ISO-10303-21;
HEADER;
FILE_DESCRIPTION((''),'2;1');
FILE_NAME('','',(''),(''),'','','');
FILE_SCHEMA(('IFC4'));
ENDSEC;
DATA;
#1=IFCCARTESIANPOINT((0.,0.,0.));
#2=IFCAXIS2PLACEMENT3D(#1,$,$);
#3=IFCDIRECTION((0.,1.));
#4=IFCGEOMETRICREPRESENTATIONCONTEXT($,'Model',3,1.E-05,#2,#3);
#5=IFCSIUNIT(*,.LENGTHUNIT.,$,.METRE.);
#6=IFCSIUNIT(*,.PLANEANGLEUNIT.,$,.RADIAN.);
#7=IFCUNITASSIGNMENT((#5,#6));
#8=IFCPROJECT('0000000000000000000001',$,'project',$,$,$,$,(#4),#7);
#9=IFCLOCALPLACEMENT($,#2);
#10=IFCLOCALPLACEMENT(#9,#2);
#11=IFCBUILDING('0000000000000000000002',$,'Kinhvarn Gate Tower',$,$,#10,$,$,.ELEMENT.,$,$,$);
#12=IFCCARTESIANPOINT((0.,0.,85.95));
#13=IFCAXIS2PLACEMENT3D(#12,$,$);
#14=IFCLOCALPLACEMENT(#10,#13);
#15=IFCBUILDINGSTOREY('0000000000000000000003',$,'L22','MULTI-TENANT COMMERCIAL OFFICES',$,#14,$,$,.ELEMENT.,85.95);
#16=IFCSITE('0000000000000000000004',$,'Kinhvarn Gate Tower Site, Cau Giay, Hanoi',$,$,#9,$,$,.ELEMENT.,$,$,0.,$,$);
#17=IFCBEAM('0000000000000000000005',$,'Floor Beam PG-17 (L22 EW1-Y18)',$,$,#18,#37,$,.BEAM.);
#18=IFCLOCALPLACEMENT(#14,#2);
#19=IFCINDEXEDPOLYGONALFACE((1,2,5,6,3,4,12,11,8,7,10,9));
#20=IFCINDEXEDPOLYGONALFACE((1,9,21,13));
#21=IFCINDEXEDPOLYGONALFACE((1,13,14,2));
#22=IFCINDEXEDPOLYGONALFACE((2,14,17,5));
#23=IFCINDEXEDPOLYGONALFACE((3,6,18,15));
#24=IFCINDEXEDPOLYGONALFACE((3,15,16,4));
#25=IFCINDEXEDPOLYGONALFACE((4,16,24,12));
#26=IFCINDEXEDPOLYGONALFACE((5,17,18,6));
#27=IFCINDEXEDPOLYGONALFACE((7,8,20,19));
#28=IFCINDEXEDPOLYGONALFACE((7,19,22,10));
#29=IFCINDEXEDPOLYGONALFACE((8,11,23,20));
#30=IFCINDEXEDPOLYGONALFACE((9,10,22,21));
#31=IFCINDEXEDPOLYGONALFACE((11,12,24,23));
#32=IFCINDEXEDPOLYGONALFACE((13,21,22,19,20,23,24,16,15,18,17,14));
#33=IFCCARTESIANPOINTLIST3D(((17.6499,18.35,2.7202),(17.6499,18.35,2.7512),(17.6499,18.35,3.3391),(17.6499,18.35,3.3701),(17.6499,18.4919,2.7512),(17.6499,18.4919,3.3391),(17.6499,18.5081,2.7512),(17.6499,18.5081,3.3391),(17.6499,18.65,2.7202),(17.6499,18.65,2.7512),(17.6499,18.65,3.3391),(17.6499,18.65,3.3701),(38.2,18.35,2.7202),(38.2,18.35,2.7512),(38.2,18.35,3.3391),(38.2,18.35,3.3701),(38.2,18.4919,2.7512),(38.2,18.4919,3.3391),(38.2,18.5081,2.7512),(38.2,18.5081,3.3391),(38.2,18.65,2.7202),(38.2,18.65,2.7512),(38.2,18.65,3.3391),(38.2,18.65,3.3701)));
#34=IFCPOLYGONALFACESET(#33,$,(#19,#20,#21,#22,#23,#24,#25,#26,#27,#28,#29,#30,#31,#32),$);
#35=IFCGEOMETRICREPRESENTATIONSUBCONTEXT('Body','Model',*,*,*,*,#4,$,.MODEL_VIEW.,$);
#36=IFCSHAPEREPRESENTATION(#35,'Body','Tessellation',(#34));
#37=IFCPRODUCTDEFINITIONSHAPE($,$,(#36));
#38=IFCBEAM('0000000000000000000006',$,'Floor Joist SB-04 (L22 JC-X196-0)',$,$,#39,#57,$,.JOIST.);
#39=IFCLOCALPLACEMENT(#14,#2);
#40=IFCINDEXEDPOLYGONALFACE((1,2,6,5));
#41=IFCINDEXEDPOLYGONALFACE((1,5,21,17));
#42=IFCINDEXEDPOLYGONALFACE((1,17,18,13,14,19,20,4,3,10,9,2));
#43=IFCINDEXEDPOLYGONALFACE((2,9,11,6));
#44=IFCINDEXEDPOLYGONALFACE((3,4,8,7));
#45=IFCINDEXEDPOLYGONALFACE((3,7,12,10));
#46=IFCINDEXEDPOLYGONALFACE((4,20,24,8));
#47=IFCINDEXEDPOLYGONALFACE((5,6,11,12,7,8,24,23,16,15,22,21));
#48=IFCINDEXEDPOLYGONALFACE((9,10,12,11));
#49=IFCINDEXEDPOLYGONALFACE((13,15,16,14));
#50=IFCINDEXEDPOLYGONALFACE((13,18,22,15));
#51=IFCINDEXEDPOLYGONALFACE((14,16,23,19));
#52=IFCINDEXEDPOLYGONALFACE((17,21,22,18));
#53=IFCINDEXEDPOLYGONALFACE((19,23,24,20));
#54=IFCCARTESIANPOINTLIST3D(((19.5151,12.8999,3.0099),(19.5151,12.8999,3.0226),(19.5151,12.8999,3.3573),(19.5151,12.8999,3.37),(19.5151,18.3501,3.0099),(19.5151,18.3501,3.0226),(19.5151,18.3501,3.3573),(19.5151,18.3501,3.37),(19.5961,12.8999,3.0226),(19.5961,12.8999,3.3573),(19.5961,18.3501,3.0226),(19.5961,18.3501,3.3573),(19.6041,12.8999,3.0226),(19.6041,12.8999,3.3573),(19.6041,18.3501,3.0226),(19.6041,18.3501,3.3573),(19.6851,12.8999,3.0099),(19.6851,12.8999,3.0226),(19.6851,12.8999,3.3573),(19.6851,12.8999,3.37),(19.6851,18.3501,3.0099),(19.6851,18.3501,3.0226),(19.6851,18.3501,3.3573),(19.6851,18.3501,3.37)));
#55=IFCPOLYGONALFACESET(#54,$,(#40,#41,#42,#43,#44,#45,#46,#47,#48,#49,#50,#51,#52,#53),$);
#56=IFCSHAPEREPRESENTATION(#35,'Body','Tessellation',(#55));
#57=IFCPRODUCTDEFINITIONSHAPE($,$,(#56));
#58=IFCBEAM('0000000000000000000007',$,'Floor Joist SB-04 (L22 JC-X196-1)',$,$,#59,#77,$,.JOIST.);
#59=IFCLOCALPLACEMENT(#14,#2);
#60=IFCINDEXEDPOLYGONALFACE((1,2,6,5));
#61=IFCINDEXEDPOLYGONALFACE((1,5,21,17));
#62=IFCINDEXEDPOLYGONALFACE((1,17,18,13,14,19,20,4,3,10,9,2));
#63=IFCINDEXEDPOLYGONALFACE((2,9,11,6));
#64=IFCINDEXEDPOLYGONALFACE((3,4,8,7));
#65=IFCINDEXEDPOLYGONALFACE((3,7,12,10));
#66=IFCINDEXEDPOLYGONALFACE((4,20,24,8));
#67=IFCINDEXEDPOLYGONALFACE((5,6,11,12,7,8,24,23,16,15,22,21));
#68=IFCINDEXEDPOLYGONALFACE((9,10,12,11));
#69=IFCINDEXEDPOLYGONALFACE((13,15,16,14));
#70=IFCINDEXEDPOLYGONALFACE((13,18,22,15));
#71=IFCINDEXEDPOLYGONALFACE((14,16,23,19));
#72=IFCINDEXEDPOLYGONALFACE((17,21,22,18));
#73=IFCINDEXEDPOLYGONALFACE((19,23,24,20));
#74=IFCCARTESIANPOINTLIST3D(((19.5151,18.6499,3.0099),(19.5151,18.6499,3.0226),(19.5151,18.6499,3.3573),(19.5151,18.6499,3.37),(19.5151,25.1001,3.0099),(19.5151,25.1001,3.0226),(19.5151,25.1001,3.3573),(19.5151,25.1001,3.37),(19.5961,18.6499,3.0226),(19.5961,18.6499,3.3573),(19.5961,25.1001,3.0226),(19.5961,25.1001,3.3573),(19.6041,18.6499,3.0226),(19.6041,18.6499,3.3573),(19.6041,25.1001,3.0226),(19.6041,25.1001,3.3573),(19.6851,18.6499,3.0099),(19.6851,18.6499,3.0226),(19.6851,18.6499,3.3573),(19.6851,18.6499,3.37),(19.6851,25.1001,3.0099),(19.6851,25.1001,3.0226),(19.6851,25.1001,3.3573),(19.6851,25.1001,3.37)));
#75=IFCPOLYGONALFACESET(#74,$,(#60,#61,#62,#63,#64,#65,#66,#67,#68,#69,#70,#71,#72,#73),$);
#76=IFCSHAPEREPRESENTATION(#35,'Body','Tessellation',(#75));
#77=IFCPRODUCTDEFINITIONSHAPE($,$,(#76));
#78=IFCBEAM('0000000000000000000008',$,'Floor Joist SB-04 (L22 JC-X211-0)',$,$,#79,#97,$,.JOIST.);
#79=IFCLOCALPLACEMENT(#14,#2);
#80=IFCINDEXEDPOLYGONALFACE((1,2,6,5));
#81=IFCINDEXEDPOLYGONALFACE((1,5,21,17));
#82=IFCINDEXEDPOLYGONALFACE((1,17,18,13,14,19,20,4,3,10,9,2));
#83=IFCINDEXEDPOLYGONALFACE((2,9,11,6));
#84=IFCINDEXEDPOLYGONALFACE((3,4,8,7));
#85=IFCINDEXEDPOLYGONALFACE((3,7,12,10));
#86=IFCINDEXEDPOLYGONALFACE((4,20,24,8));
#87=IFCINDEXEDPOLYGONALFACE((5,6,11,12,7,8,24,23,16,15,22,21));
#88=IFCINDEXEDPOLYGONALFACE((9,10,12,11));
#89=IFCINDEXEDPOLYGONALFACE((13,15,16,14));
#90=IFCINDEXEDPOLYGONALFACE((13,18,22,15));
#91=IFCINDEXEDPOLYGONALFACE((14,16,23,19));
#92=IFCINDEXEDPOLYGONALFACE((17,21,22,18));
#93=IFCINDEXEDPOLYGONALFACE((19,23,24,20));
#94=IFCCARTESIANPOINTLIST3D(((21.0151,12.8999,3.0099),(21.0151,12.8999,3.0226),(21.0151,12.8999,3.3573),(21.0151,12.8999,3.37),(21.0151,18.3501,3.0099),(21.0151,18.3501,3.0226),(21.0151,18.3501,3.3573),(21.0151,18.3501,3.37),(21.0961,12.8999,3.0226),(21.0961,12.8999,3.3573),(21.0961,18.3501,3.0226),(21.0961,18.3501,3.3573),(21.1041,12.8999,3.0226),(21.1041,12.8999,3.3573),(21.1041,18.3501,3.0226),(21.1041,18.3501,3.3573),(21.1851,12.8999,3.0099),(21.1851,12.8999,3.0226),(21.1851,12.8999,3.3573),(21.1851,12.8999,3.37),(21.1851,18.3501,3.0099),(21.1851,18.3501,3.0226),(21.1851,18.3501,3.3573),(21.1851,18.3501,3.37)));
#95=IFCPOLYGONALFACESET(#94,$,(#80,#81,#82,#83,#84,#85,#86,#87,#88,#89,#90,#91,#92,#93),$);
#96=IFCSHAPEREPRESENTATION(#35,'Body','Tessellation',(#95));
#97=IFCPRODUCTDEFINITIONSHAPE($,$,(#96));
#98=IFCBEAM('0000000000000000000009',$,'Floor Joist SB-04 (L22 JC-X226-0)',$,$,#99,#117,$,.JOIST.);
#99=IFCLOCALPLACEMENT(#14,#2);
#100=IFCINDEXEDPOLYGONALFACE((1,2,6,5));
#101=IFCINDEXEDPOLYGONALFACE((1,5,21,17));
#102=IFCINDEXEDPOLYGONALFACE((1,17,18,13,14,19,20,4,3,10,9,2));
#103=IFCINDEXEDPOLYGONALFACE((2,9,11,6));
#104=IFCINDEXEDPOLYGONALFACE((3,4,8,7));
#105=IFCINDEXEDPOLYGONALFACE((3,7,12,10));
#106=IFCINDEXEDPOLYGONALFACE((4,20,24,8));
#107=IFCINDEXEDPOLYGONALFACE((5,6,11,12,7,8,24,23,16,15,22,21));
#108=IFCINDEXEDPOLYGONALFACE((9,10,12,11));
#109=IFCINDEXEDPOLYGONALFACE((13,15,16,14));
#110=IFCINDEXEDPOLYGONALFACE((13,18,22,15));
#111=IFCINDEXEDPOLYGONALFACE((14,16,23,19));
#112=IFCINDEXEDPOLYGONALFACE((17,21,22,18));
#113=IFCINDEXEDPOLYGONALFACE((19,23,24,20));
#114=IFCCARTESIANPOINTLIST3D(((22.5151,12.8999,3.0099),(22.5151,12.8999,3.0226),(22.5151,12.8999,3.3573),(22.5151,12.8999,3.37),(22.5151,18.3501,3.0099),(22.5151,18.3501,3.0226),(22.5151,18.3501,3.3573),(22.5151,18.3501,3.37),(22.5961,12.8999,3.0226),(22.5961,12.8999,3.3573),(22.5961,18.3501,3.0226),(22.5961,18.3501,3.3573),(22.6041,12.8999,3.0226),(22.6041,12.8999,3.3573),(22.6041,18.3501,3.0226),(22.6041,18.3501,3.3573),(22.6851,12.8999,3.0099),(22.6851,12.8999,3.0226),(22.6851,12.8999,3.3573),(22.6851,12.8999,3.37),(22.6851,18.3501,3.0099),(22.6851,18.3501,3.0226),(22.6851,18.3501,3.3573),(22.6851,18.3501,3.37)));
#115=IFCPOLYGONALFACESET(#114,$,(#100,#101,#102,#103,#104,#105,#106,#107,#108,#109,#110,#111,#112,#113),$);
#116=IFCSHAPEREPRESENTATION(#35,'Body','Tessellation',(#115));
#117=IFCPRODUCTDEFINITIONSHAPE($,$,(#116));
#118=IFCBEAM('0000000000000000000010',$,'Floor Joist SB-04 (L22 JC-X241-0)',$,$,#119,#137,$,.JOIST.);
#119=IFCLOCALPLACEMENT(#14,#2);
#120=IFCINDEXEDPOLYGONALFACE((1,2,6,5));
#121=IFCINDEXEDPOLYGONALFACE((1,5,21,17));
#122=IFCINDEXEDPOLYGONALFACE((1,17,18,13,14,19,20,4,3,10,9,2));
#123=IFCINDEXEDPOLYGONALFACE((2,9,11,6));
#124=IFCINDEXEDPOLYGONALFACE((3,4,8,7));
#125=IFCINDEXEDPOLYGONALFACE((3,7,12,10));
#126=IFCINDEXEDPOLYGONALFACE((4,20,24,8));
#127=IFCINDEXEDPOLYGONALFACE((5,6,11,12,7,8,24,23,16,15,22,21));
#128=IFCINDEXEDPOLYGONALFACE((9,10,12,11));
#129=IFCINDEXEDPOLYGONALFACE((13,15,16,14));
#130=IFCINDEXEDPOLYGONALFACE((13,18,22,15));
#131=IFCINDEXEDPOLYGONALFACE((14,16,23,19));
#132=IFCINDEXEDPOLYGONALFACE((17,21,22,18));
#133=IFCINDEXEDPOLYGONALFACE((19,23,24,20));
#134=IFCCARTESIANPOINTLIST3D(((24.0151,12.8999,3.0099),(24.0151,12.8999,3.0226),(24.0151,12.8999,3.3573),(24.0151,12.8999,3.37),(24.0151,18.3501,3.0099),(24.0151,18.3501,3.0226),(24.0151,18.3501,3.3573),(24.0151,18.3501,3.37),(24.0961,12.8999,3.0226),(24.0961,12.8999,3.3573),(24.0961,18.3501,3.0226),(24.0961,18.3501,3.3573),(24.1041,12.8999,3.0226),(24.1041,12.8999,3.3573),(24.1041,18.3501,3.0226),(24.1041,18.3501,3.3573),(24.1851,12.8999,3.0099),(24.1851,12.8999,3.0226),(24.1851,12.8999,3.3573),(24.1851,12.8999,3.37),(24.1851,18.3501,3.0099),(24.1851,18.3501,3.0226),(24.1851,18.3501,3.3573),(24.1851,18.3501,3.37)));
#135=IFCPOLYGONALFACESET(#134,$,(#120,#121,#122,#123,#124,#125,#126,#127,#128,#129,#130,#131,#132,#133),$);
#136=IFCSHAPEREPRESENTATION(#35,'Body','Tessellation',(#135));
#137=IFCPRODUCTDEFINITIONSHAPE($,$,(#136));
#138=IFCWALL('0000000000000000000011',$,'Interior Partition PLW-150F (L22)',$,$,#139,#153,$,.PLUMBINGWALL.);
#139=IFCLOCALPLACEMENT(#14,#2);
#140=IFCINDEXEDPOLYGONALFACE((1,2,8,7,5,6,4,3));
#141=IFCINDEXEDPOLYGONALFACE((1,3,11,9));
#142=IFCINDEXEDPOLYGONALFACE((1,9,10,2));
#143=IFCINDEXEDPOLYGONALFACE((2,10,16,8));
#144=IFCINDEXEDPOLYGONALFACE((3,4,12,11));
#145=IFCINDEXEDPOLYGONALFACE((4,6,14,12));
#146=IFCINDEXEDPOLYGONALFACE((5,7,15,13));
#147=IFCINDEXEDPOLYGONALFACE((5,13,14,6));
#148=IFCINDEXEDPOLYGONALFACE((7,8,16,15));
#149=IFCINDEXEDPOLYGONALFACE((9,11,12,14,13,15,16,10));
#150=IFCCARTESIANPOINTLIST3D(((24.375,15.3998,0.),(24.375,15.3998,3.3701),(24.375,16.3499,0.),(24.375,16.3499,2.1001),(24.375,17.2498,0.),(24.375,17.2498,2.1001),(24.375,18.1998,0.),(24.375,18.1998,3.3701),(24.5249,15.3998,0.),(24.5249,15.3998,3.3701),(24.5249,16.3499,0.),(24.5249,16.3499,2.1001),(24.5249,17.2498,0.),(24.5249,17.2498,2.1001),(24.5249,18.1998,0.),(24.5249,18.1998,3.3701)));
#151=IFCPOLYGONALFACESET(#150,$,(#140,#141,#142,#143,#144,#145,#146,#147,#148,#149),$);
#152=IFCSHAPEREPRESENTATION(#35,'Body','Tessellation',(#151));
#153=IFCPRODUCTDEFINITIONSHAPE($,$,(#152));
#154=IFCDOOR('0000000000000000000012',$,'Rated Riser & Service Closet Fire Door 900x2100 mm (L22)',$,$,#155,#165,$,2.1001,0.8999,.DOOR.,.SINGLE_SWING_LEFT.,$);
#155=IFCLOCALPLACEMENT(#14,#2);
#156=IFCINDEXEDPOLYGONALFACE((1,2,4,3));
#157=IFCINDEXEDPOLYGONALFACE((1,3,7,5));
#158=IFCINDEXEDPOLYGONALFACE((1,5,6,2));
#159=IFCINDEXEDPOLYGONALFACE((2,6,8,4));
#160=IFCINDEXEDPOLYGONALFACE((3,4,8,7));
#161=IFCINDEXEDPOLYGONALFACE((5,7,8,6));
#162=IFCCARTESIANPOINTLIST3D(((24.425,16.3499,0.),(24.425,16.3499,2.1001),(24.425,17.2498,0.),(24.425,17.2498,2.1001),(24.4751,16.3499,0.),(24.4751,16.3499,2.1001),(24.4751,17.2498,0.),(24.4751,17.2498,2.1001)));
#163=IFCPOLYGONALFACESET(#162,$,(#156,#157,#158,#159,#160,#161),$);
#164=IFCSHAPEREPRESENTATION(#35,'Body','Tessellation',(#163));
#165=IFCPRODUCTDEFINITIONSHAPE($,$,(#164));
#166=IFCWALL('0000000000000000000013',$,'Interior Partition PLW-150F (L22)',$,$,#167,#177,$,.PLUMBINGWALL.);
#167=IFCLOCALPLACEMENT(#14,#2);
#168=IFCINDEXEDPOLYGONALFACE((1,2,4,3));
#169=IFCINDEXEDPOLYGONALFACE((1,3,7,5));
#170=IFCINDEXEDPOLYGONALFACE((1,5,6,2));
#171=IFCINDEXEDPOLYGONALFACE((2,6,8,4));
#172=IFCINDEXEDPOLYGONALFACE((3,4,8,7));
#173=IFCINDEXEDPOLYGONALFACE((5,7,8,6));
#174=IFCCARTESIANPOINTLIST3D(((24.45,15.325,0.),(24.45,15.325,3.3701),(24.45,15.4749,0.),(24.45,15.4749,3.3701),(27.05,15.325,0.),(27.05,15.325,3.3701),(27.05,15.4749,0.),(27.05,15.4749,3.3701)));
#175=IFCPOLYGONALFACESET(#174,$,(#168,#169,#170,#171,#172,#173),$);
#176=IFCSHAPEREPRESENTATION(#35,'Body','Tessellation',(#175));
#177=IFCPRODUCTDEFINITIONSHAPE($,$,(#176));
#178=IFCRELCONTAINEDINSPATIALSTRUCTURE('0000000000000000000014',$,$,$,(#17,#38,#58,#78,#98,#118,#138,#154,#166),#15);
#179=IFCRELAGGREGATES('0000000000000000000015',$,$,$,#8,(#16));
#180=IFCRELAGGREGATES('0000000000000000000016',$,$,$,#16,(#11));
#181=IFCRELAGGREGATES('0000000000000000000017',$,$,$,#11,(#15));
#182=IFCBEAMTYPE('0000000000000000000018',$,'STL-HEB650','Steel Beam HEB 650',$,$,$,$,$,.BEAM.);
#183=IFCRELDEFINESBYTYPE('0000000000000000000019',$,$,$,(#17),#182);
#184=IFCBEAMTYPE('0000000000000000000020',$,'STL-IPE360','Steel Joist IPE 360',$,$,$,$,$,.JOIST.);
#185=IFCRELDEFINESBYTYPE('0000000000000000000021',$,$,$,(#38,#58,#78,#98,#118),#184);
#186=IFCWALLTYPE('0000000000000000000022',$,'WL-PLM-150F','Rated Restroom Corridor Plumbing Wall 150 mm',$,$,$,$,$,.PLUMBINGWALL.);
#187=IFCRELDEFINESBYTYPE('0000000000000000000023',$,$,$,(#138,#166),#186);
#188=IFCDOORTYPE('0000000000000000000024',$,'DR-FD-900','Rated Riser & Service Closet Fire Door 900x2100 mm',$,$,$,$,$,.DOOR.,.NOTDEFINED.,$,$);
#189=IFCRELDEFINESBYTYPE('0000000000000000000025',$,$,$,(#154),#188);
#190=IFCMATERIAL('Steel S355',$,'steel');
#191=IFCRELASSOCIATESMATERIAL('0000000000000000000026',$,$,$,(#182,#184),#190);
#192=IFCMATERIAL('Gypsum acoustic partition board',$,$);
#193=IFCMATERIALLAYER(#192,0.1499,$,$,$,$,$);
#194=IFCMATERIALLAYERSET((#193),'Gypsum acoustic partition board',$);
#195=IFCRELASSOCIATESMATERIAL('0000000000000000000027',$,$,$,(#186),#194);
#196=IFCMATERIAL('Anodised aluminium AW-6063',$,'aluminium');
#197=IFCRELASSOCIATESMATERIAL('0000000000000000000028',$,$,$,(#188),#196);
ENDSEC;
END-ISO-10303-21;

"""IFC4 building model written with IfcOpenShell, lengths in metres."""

from ifc_helpers import new_model, si_unit, direction, frame, frame_2d, origin, origin_2d, place, context, subcontext, project, spatial, rectangle, i_section, extrude, material, layer, layer_set, material_profile, profile_set, type_object, element, fill, save


model = new_model("IFC4")

# Units and contexts
model_context = context("Model", 3, precision=1e-05, world=origin(), true_north=direction((0.0, 1.0)))
body_context = subcontext(model_context, "Body", "Model", "MODEL_VIEW")
ifc_project = project(units=[si_unit("LENGTHUNIT", "METRE"), si_unit("PLANEANGLEUNIT", "RADIAN")], contexts=[model_context])

# Site, building, storey
site_placement = place(None, origin())
site = spatial("IfcSite", under=ifc_project, at=site_placement, Name="Kinhvarn Gate Tower Site, Cau Giay, Hanoi", CompositionType="ELEMENT", RefElevation=0.0)
building_placement = place(site_placement, origin())
building = spatial("IfcBuilding", under=site, at=building_placement, Name="Kinhvarn Gate Tower", CompositionType="ELEMENT")
storey_placement = place(building_placement, frame((0.0, 0.0, 85.95)))
storey = spatial("IfcBuildingStorey", under=building, at=storey_placement, Name="L22", Description="MULTI-TENANT COMMERCIAL OFFICES", CompositionType="ELEMENT", Elevation=85.95)

# Beams
ifc_material_1 = material(Name="Steel S355", Category="steel")
ifc_material_profile_1 = material_profile(ifc_material_1, i_section(OverallWidth=0.3, OverallDepth=0.6499, WebThickness=0.0161, FlangeThickness=0.031, at=origin_2d()), Name="HEB 650")
ifc_profile_set_1 = profile_set([ifc_material_profile_1], Name="Steel S355")
beam_type_1 = type_object("IfcBeamType", Name="STL-HEB650", Description="Steel Beam HEB 650", PredefinedType="BEAM", material=ifc_profile_set_1)
beam_1_placement = place(storey_placement, frame((17.6499, 18.5, 3.0452), z_axis=(1.0, 0.0, 0.0), x_axis=(0.0, 1.0, 0.0)))
element("IfcBeam", 1, at=beam_1_placement, inside=storey, type_object=beam_type_1, Name="Floor Beam PG-17 (L22 EW1-Y18)", PredefinedType="BEAM", context=body_context, shape_type="SweptSolid", body=[
    extrude(i_section(OverallWidth=0.3, OverallDepth=0.6499, WebThickness=0.0161, FlangeThickness=0.031, at=origin_2d()), origin(), (0.0, 0.0, 1.0), 20.55),
])
ifc_material_profile_2 = material_profile(ifc_material_1, i_section(OverallWidth=0.1699, OverallDepth=0.3601, WebThickness=0.0081, FlangeThickness=0.0127, at=origin_2d()), Name="IPE 360")
ifc_profile_set_2 = profile_set([ifc_material_profile_2], Name="Steel S355")
beam_type_2 = type_object("IfcBeamType", Name="STL-IPE360", Description="Steel Joist IPE 360", PredefinedType="JOIST", material=ifc_profile_set_2)
beam_2_placement = place(storey_placement, frame((19.6001, 12.8999, 3.1899), z_axis=(0.0, 1.0, 0.0), x_axis=(-1.0, 0.0, 0.0)))
element("IfcBeam", 2, at=beam_2_placement, inside=storey, type_object=beam_type_2, Name="Floor Joist SB-04 (L22 JC-X196-0)", PredefinedType="JOIST", context=body_context, shape_type="SweptSolid", body=[
    extrude(i_section(OverallWidth=0.1699, OverallDepth=0.3601, WebThickness=0.0081, FlangeThickness=0.0127, at=origin_2d()), origin(), (0.0, 0.0, 1.0), 5.4502),
])
beam_3_placement = place(storey_placement, frame((19.6001, 18.6499, 3.1899), z_axis=(0.0, 1.0, 0.0), x_axis=(-1.0, 0.0, 0.0)))
element("IfcBeam", 3, at=beam_3_placement, inside=storey, type_object=beam_type_2, Name="Floor Joist SB-04 (L22 JC-X196-1)", PredefinedType="JOIST", context=body_context, shape_type="SweptSolid", body=[
    extrude(i_section(OverallWidth=0.1699, OverallDepth=0.3601, WebThickness=0.0081, FlangeThickness=0.0127, at=origin_2d()), origin(), (0.0, 0.0, 1.0), 6.4502),
])
for number, where, z_axis, x_axis, name in (
    (4, (21.1001, 12.8999, 3.1899), (0.0, 1.0, 0.0), (-1.0, 0.0, 0.0), "Floor Joist SB-04 (L22 JC-X211-0)"),
    (5, (22.6001, 12.8999, 3.1899), (0.0, 1.0, 0.0), (-1.0, 0.0, 0.0), "Floor Joist SB-04 (L22 JC-X226-0)"),
    (6, (24.1001, 12.8999, 3.1899), (0.0, 1.0, 0.0), (-1.0, 0.0, 0.0), "Floor Joist SB-04 (L22 JC-X241-0)"),
):
    element("IfcBeam", number, at=place(storey_placement, frame(where, z_axis=z_axis, x_axis=x_axis)), inside=storey, type_object=beam_type_2, Name=name, PredefinedType="JOIST", context=body_context, shape_type="SweptSolid", body=[
        extrude(i_section(OverallWidth=0.1699, OverallDepth=0.3601, WebThickness=0.0081, FlangeThickness=0.0127, at=origin_2d()), origin(), (0.0, 0.0, 1.0), 5.4502),
    ])

# Wall, opening, door
ifc_material_2 = material(Name="Gypsum acoustic partition board")
ifc_layer_1 = layer(ifc_material_2, 0.1499)
ifc_layer_set_1 = layer_set([ifc_layer_1], Name="Gypsum acoustic partition board")
wall_type_1 = type_object("IfcWallType", Name="WL-PLM-150F", Description="Rated Restroom Corridor Plumbing Wall 150 mm", PredefinedType="PLUMBINGWALL", material=ifc_layer_set_1)
wall_1_placement = place(storey_placement, frame((24.45, 15.3999, 0.0), z_axis=(0.0, 0.0, 1.0), x_axis=(0.0, 1.0, 0.0)))
wall_1 = element("IfcWall", 7, at=wall_1_placement, inside=storey, type_object=wall_type_1, Name="Interior Partition PLW-150F (L22)", PredefinedType="PLUMBINGWALL", context=body_context, shape_type="SweptSolid", body=[
    extrude(rectangle(XDim=2.8, YDim=0.1499, at=frame_2d((1.3999, 0.0))), origin(), (0.0, 0.0, 1.0), 3.3701),
])
opening_1_placement = place(wall_1_placement, frame((0.95, 0.0, 0.0)))
opening_1 = element("IfcOpeningElement", 8, at=opening_1_placement, cuts=wall_1, PredefinedType="OPENING", context=body_context, shape_type="SweptSolid", body=[
    extrude(rectangle(XDim=0.8999, YDim=2.1001, at=frame_2d((0.45, 1.05))), frame((0.0, 0.085, 0.0), z_axis=(0.0, -1.0, 0.0), x_axis=(1.0, 0.0, 0.0)), (0.0, 0.0, 1.0), 0.1699),
])
ifc_material_3 = material(Name="Anodised aluminium AW-6063", Category="aluminium")
door_type_1 = type_object("IfcDoorType", Name="DR-FD-900", Description="Rated Riser & Service Closet Fire Door 900x2100 mm", OperationType="NOTDEFINED", PredefinedType="DOOR", material=ifc_material_3)
door_1_placement = place(opening_1_placement, origin())
door_1 = element("IfcDoor", 9, at=door_1_placement, inside=storey, type_object=door_type_1, Name="Rated Riser & Service Closet Fire Door 900x2100 mm (L22)", OperationType="SINGLE_SWING_LEFT", OverallHeight=2.1001, OverallWidth=0.8999, PredefinedType="DOOR", context=body_context, shape_type="SweptSolid", body=[
    extrude(rectangle(XDim=0.8999, YDim=2.1001, at=frame_2d((0.45, 1.05))), frame((0.0, 0.0249, 0.0), z_axis=(0.0, -1.0, 0.0), x_axis=(1.0, 0.0, 0.0)), (0.0, 0.0, 1.0), 0.05),
])
fill(opening_1, door_1)

# Wall
wall_2_placement = place(storey_placement, frame((24.45, 15.3999, 0.0), z_axis=(0.0, 0.0, 1.0), x_axis=(1.0, 0.0, 0.0)))
element("IfcWall", 10, at=wall_2_placement, inside=storey, type_object=wall_type_1, Name="Interior Partition PLW-150F (L22)", PredefinedType="PLUMBINGWALL", context=body_context, shape_type="SweptSolid", body=[
    extrude(rectangle(XDim=2.6001, YDim=0.1499, at=frame_2d((1.3, 0.0))), origin(), (0.0, 0.0, 1.0), 3.3701),
])

save(model, "model.ifc")
